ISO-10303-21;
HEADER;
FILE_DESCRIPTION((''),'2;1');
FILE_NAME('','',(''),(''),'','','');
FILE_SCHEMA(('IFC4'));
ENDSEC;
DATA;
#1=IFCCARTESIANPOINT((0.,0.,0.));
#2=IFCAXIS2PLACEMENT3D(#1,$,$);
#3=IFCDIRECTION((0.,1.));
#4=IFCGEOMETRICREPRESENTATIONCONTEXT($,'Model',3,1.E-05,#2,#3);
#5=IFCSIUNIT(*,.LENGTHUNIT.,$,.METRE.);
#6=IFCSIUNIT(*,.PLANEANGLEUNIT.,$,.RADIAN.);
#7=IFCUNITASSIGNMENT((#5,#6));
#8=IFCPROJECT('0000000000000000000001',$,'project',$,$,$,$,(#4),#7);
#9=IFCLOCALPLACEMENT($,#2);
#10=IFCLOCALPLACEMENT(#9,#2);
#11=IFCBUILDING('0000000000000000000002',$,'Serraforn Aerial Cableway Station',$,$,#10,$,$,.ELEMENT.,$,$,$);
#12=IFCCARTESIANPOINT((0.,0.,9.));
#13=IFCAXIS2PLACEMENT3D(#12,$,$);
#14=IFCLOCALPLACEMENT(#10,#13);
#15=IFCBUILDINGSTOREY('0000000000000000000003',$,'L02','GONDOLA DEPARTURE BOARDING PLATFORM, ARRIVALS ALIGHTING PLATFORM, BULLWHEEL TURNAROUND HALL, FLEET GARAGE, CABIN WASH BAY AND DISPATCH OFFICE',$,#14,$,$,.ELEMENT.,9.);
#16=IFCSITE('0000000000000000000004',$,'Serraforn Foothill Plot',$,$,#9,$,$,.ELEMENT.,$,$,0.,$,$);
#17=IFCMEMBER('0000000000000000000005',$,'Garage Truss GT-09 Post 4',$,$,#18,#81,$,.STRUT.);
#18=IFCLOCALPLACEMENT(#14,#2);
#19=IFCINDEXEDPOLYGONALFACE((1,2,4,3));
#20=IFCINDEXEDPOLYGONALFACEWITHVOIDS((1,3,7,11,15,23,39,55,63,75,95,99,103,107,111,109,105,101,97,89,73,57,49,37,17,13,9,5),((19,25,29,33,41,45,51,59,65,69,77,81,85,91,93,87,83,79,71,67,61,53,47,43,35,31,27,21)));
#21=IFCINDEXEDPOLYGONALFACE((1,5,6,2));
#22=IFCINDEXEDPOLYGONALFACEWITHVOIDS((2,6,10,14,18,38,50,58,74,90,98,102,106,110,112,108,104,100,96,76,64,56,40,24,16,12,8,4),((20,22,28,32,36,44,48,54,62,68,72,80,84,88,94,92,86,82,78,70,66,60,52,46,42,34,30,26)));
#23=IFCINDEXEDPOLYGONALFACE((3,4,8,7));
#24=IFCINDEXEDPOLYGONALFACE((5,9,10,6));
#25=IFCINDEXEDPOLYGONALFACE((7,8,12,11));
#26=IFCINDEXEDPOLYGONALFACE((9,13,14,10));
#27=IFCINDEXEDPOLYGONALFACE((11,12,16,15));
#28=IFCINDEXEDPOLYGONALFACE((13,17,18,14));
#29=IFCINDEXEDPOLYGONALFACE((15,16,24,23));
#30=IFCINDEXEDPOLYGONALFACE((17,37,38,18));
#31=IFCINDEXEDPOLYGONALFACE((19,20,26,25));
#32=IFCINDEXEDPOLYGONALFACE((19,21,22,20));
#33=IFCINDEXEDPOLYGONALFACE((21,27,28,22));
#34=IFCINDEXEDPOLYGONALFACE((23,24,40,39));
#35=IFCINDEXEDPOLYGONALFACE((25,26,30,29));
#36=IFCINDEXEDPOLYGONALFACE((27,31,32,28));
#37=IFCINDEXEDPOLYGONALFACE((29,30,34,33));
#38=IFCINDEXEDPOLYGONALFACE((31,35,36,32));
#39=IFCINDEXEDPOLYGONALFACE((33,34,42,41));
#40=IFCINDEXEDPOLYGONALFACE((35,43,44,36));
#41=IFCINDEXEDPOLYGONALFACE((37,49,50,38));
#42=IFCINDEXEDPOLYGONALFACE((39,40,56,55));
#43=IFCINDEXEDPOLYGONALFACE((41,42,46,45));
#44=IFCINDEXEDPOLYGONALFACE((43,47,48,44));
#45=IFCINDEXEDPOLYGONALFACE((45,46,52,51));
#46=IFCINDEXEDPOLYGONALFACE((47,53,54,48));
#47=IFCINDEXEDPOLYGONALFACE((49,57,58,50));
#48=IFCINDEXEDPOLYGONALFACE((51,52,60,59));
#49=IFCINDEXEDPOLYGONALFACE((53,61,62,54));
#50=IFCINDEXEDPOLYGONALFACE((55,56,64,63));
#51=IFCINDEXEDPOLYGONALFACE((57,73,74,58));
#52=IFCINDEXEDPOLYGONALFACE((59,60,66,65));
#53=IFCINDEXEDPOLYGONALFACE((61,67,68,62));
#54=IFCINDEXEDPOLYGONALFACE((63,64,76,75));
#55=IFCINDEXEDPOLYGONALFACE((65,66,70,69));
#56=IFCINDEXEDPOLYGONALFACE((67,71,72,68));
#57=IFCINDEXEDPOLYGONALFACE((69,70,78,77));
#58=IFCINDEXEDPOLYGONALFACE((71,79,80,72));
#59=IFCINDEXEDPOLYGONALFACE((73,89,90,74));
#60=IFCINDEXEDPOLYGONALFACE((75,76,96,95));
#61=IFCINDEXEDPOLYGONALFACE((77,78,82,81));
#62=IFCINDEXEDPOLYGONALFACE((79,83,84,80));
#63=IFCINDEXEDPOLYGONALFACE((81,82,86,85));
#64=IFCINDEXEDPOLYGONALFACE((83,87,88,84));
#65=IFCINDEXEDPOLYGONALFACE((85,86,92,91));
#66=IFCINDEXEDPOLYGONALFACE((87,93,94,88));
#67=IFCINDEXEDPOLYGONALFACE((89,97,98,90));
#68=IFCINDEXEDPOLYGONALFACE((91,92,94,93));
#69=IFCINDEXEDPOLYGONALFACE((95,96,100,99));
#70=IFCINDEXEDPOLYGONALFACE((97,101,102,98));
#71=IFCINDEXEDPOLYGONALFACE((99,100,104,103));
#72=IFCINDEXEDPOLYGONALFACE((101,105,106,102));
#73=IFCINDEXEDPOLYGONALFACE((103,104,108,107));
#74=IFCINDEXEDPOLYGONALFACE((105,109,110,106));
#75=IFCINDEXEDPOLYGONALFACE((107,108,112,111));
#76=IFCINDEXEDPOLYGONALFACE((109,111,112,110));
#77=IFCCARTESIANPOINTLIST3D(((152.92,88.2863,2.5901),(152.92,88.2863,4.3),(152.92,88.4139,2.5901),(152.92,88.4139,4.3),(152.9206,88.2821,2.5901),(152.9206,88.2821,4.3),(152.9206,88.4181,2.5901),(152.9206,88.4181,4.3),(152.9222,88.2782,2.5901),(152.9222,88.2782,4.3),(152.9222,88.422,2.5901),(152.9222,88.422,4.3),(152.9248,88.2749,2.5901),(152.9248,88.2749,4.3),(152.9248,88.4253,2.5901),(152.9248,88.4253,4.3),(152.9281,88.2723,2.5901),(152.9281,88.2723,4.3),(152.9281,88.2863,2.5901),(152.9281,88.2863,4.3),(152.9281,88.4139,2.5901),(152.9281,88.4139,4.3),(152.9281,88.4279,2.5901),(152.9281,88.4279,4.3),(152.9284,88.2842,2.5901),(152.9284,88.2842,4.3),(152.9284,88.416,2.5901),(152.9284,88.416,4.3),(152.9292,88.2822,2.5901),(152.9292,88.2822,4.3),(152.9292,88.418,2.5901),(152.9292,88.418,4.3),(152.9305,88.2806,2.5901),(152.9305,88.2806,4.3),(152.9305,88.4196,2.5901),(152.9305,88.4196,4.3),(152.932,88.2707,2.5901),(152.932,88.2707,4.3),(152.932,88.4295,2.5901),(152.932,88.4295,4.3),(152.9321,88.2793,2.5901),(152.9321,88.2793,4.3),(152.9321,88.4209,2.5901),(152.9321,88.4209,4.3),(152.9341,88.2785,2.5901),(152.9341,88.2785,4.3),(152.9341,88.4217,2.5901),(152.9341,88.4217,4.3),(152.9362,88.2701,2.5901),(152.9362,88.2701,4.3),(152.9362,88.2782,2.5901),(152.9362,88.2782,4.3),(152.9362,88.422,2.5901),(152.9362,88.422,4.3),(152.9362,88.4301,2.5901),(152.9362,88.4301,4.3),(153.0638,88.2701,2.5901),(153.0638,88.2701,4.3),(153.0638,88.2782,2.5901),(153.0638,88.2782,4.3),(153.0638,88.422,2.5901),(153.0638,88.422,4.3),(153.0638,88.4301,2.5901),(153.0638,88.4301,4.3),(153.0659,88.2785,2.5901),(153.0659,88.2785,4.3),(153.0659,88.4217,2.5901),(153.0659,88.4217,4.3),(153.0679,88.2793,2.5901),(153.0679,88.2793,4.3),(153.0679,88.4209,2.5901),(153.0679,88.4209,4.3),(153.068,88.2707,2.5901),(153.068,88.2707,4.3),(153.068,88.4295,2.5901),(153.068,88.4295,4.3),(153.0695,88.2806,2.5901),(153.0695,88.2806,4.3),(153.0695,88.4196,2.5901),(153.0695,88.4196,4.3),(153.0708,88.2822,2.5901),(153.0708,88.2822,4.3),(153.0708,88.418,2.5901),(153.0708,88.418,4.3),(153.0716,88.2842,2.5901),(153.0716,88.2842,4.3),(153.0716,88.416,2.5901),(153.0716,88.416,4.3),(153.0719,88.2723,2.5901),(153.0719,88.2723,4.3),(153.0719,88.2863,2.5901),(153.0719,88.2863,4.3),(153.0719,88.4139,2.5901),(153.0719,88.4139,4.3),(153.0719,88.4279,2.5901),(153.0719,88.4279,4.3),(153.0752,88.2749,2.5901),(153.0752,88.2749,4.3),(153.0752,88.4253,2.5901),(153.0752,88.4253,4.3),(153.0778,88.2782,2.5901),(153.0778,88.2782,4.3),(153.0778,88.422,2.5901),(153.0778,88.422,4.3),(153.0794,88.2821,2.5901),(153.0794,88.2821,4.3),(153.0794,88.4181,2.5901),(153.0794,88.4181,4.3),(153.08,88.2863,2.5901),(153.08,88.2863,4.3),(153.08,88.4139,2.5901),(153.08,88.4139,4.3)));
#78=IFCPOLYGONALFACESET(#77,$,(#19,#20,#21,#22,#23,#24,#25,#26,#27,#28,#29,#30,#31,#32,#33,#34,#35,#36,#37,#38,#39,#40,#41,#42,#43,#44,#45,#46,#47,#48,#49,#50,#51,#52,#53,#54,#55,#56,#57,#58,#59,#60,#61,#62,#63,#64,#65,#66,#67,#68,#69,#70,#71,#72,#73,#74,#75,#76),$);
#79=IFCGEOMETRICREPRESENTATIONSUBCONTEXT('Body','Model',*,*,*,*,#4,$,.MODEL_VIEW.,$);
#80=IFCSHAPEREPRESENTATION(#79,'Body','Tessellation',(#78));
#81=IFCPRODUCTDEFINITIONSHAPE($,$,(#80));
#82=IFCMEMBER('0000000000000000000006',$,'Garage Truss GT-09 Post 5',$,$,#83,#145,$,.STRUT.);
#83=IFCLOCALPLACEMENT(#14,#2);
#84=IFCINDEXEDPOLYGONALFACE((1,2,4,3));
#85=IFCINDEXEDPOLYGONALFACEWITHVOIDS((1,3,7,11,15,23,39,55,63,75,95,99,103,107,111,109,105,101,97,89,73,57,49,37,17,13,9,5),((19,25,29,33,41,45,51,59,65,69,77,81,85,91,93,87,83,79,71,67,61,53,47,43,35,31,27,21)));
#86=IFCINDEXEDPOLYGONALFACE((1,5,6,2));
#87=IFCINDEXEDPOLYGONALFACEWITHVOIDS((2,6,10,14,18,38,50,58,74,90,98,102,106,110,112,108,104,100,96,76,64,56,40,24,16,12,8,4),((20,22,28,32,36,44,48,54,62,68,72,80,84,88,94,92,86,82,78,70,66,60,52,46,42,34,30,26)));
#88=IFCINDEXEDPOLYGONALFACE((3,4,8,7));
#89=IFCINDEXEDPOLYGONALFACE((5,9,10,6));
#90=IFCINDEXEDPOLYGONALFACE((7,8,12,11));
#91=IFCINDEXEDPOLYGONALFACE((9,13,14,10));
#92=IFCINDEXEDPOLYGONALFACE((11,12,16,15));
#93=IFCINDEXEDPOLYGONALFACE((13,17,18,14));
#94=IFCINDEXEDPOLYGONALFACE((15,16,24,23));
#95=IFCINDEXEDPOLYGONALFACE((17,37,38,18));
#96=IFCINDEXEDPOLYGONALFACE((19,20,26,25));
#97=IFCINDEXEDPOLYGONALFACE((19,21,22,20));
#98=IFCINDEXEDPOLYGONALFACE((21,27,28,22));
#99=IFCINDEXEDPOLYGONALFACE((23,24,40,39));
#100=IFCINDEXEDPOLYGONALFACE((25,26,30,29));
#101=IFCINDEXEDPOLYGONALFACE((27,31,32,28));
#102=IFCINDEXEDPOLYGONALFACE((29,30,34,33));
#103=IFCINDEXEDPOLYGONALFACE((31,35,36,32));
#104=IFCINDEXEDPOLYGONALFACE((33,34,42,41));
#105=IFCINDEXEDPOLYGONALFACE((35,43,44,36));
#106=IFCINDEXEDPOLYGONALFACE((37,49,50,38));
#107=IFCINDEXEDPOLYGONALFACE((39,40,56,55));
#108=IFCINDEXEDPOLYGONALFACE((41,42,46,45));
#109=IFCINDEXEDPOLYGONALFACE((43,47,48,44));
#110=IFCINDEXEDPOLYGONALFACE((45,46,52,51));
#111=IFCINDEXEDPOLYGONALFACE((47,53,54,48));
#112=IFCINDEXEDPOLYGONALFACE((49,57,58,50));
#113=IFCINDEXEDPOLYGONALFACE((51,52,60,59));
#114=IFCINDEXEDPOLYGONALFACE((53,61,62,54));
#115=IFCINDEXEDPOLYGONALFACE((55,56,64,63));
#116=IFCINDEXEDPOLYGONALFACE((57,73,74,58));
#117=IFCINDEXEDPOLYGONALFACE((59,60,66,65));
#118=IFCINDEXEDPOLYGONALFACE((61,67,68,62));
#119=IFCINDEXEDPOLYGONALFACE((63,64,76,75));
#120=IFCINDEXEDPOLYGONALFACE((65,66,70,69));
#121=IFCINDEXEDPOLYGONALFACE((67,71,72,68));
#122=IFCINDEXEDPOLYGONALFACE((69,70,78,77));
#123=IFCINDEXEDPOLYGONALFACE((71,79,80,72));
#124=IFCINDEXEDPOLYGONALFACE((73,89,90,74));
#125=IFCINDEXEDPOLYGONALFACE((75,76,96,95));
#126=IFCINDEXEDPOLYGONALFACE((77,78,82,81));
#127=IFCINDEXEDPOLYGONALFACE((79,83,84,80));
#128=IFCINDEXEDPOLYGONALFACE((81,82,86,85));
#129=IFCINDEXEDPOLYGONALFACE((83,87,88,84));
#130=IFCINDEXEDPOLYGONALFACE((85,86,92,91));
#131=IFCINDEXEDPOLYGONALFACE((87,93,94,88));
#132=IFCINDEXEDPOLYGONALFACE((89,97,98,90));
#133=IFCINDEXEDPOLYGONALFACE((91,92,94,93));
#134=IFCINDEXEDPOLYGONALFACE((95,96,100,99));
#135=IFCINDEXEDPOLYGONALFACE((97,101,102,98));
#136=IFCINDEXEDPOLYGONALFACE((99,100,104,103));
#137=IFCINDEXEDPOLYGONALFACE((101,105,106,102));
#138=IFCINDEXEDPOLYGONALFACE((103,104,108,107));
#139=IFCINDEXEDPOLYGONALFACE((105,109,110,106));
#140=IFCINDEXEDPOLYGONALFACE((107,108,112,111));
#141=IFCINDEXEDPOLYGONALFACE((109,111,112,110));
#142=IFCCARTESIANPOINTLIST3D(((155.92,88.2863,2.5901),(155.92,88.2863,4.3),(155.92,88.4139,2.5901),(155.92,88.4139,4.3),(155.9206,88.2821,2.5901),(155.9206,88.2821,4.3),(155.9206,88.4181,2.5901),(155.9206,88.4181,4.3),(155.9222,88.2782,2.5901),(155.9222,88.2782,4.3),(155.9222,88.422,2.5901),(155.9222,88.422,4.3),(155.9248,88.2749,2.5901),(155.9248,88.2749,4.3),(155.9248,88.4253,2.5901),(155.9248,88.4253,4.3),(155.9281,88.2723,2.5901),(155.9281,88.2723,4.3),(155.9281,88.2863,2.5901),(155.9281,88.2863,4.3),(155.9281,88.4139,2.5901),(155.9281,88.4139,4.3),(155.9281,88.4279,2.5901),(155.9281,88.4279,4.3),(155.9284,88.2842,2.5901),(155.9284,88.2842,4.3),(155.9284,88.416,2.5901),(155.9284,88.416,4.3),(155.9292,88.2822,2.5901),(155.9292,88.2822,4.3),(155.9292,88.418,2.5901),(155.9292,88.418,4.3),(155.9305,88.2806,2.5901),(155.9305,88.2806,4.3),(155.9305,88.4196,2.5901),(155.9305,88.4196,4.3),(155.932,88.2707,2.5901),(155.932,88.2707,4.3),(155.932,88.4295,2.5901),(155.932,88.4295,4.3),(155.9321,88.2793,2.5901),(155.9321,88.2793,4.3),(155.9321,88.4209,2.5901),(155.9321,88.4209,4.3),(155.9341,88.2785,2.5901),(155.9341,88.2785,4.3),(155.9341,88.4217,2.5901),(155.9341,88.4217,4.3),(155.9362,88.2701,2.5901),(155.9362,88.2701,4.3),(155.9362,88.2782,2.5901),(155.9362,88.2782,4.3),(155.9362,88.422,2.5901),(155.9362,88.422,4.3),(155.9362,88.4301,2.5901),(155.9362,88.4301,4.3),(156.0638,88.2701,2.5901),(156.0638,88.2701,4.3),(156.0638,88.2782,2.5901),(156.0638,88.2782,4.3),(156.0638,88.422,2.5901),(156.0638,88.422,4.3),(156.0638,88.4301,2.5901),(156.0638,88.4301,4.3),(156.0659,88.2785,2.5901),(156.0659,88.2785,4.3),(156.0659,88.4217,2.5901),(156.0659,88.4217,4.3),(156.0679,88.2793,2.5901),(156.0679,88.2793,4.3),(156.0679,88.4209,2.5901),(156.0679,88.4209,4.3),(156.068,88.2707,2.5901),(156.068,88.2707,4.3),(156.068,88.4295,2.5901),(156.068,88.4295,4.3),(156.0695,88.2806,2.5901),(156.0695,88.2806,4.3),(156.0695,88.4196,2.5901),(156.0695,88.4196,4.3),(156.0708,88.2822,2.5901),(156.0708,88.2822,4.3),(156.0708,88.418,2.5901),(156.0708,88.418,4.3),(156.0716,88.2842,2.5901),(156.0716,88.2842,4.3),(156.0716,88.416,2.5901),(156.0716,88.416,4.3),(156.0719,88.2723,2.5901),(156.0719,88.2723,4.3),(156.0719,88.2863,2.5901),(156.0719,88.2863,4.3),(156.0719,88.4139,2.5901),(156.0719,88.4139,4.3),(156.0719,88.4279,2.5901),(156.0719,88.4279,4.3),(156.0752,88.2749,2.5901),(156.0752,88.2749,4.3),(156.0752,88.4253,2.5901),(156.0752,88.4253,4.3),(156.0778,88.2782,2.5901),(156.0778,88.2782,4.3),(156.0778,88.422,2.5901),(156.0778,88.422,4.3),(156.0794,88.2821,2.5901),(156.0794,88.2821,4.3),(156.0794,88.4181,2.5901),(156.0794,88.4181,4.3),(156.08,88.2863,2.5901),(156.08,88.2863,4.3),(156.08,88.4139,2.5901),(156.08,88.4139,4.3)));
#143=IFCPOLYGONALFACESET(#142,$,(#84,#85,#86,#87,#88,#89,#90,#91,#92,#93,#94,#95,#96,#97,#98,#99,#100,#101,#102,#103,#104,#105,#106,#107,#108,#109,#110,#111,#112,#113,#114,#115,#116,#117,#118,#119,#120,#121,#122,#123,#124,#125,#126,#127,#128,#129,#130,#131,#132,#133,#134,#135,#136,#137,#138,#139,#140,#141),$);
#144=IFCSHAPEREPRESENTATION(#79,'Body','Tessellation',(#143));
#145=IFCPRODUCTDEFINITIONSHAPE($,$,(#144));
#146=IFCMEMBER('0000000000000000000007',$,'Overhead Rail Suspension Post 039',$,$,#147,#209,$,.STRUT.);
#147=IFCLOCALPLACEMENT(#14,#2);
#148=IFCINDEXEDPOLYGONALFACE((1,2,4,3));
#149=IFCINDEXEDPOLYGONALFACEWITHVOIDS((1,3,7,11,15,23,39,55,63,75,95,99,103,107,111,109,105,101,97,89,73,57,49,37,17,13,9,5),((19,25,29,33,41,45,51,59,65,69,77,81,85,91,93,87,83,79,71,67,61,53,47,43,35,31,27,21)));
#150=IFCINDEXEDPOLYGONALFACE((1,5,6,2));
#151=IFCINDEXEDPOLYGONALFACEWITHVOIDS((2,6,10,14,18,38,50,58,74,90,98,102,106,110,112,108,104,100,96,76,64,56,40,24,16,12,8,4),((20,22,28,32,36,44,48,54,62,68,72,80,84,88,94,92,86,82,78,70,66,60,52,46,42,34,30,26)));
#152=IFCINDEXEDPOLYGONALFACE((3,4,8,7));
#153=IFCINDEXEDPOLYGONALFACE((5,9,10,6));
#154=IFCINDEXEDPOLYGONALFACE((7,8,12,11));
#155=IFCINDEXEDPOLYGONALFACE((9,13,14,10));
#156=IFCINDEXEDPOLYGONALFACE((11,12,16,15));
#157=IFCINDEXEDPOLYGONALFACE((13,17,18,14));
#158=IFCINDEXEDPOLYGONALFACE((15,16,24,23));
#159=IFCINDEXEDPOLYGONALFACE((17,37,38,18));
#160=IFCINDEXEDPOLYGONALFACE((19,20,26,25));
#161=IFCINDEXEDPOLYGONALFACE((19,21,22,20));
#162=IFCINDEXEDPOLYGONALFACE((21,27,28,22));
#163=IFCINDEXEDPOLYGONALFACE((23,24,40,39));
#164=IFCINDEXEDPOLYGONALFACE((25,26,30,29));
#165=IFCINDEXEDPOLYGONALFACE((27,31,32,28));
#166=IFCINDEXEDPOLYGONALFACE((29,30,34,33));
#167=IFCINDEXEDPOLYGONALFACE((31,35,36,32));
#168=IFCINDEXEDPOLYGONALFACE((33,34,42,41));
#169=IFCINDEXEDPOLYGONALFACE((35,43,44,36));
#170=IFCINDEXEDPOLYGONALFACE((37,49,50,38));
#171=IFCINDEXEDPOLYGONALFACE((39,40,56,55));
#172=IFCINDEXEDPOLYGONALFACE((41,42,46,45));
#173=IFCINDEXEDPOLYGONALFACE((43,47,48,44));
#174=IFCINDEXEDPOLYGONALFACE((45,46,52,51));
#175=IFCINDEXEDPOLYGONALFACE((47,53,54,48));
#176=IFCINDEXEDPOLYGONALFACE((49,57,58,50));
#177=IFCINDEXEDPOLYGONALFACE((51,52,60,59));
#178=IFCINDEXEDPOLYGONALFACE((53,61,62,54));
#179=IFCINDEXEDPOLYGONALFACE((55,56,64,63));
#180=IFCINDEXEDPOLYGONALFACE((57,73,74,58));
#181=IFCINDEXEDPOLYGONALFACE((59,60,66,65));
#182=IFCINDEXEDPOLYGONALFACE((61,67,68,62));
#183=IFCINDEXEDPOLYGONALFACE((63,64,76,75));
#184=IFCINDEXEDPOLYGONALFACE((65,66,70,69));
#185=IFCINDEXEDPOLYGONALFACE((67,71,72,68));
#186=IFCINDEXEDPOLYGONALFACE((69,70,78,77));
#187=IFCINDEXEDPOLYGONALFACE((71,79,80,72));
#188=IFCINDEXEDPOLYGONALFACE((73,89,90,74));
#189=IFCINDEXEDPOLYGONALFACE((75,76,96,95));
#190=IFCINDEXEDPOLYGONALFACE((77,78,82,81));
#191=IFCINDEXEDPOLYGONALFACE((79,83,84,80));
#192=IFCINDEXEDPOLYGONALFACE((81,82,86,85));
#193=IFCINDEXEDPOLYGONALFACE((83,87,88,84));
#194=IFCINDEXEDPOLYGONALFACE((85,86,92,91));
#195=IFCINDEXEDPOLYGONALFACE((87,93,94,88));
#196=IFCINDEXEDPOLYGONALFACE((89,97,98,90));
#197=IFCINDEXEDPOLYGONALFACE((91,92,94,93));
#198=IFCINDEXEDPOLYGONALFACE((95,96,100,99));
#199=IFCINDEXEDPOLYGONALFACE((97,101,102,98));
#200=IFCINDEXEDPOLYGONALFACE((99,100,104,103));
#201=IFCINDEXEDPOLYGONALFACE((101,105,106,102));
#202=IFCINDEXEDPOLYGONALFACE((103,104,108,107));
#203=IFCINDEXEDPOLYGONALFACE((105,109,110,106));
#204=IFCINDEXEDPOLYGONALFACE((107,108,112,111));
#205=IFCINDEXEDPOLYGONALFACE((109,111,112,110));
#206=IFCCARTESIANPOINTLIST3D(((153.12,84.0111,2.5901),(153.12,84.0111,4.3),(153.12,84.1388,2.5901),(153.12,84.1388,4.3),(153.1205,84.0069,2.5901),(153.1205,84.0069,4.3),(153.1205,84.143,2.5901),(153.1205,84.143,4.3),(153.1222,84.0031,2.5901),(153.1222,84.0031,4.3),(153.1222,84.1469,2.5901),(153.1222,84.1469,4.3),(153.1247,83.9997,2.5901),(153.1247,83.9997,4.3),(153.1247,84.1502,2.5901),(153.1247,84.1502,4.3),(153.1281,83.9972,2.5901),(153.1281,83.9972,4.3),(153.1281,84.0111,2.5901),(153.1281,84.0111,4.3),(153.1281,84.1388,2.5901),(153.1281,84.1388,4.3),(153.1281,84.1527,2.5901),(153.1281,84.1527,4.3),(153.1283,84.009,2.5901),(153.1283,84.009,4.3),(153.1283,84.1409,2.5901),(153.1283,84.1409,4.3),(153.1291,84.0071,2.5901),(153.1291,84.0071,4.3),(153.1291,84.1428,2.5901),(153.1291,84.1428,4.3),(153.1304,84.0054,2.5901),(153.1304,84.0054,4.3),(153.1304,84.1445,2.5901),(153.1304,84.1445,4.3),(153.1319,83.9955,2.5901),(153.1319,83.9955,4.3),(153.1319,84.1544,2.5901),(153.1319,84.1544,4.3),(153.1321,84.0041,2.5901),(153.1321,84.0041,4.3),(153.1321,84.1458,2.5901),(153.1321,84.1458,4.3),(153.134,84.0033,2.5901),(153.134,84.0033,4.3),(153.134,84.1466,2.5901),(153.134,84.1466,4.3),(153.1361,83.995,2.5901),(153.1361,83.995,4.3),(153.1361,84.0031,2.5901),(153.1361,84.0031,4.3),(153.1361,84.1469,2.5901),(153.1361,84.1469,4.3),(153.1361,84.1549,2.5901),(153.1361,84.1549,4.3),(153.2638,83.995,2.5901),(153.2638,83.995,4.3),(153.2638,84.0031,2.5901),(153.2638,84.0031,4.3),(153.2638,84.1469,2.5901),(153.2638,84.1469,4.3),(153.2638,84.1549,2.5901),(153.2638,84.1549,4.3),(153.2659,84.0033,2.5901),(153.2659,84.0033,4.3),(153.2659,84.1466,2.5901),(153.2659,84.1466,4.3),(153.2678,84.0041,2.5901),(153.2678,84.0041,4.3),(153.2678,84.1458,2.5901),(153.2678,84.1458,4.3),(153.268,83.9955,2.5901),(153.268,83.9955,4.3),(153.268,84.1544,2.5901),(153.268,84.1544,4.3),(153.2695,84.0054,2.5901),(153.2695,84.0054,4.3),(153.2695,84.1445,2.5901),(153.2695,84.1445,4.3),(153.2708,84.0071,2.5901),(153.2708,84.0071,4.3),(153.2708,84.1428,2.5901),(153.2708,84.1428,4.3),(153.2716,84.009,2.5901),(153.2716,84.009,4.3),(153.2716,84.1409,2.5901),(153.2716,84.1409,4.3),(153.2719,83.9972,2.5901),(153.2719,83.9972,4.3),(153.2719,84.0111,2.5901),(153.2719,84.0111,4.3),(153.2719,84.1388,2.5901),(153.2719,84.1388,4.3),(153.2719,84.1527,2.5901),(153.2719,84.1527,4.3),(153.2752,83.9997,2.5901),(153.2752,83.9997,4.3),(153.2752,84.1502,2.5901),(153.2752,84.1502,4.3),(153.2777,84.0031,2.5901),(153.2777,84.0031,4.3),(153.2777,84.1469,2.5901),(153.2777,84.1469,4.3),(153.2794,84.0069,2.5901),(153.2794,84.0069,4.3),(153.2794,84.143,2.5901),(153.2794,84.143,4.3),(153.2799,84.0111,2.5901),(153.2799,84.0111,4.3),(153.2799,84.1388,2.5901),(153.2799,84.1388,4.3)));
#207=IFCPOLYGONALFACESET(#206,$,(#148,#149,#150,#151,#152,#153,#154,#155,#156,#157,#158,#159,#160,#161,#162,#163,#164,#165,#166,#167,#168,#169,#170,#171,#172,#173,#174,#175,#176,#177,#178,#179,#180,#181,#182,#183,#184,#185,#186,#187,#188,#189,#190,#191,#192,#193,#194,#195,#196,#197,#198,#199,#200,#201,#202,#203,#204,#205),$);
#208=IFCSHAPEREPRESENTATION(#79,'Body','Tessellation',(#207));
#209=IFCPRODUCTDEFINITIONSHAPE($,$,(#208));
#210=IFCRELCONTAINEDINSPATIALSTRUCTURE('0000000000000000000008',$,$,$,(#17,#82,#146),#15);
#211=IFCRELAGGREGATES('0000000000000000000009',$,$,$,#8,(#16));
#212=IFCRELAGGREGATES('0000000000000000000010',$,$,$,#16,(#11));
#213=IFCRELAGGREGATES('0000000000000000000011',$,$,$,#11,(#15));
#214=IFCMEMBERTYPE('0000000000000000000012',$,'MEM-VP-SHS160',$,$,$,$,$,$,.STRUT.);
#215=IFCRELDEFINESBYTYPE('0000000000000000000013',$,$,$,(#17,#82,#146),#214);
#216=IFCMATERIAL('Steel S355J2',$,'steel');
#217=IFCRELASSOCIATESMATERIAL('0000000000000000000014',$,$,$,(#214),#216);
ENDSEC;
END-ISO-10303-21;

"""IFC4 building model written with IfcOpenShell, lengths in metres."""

from ifc_helpers import new_model, si_unit, direction, frame, origin, origin_2d, place, context, subcontext, project, spatial, hollow_rectangle, extrude, material, material_profile, profile_set, type_object, element, save


model = new_model("IFC4")

# Units and contexts
model_context = context("Model", 3, precision=1e-05, world=origin(), true_north=direction((0.0, 1.0)))
body_context = subcontext(model_context, "Body", "Model", "MODEL_VIEW")
ifc_project = project(units=[si_unit("LENGTHUNIT", "METRE"), si_unit("PLANEANGLEUNIT", "RADIAN")], contexts=[model_context])

# Site, building, storey
site_placement = place(None, origin())
site = spatial("IfcSite", under=ifc_project, at=site_placement, Name="Serraforn Foothill Plot", CompositionType="ELEMENT", RefElevation=0.0)
building_placement = place(site_placement, origin())
building = spatial("IfcBuilding", under=site, at=building_placement, Name="Serraforn Aerial Cableway Station", CompositionType="ELEMENT")
storey_placement = place(building_placement, frame((0.0, 0.0, 9.0)))
storey = spatial("IfcBuildingStorey", under=building, at=storey_placement, Name="L02", Description="GONDOLA DEPARTURE BOARDING PLATFORM, ARRIVALS ALIGHTING PLATFORM, BULLWHEEL TURNAROUND HALL, FLEET GARAGE, CABIN WASH BAY AND DISPATCH OFFICE", CompositionType="ELEMENT", Elevation=9.0)

# Shared definitions
ifc_material_1 = material(Name="Steel S355J2", Category="steel")

# Members
ifc_material_profile_1 = material_profile(ifc_material_1, hollow_rectangle(XDim=0.1599, YDim=0.1599, WallThickness=0.0081, InnerFilletRadius=0.0081, OuterFilletRadius=0.0161, at=origin_2d()), Name="SHS 160x160x8.0")
ifc_profile_set_1 = profile_set([ifc_material_profile_1], Name="Steel S355J2")
member_type_1 = type_object("IfcMemberType", Name="MEM-VP-SHS160", PredefinedType="STRUT", material=ifc_profile_set_1)
for number, where, z_axis, x_axis, name in (
    (1, (153.0, 88.3501, 2.5901), (0.0, 0.0, 1.0), (1.0, 0.0, 0.0), "Garage Truss GT-09 Post 4"),
    (2, (156.0, 88.3501, 2.5901), (0.0, 0.0, 1.0), (1.0, 0.0, 0.0), "Garage Truss GT-09 Post 5"),
    (3, (153.2, 84.075, 2.5901), (0.0, 0.0, 1.0), (1.0, 0.0, 0.0), "Overhead Rail Suspension Post 039"),
):
    element("IfcMember", number, at=place(storey_placement, frame(where, z_axis=z_axis, x_axis=x_axis)), inside=storey, type_object=member_type_1, Name=name, PredefinedType="STRUT", context=body_context, shape_type="SweptSolid", body=[
        extrude(hollow_rectangle(XDim=0.1599, YDim=0.1599, WallThickness=0.0081, InnerFilletRadius=0.0081, OuterFilletRadius=0.0161, at=origin_2d()), origin(), (0.0, 0.0, 1.0), 1.71),
    ])

save(model, "model.ifc")
